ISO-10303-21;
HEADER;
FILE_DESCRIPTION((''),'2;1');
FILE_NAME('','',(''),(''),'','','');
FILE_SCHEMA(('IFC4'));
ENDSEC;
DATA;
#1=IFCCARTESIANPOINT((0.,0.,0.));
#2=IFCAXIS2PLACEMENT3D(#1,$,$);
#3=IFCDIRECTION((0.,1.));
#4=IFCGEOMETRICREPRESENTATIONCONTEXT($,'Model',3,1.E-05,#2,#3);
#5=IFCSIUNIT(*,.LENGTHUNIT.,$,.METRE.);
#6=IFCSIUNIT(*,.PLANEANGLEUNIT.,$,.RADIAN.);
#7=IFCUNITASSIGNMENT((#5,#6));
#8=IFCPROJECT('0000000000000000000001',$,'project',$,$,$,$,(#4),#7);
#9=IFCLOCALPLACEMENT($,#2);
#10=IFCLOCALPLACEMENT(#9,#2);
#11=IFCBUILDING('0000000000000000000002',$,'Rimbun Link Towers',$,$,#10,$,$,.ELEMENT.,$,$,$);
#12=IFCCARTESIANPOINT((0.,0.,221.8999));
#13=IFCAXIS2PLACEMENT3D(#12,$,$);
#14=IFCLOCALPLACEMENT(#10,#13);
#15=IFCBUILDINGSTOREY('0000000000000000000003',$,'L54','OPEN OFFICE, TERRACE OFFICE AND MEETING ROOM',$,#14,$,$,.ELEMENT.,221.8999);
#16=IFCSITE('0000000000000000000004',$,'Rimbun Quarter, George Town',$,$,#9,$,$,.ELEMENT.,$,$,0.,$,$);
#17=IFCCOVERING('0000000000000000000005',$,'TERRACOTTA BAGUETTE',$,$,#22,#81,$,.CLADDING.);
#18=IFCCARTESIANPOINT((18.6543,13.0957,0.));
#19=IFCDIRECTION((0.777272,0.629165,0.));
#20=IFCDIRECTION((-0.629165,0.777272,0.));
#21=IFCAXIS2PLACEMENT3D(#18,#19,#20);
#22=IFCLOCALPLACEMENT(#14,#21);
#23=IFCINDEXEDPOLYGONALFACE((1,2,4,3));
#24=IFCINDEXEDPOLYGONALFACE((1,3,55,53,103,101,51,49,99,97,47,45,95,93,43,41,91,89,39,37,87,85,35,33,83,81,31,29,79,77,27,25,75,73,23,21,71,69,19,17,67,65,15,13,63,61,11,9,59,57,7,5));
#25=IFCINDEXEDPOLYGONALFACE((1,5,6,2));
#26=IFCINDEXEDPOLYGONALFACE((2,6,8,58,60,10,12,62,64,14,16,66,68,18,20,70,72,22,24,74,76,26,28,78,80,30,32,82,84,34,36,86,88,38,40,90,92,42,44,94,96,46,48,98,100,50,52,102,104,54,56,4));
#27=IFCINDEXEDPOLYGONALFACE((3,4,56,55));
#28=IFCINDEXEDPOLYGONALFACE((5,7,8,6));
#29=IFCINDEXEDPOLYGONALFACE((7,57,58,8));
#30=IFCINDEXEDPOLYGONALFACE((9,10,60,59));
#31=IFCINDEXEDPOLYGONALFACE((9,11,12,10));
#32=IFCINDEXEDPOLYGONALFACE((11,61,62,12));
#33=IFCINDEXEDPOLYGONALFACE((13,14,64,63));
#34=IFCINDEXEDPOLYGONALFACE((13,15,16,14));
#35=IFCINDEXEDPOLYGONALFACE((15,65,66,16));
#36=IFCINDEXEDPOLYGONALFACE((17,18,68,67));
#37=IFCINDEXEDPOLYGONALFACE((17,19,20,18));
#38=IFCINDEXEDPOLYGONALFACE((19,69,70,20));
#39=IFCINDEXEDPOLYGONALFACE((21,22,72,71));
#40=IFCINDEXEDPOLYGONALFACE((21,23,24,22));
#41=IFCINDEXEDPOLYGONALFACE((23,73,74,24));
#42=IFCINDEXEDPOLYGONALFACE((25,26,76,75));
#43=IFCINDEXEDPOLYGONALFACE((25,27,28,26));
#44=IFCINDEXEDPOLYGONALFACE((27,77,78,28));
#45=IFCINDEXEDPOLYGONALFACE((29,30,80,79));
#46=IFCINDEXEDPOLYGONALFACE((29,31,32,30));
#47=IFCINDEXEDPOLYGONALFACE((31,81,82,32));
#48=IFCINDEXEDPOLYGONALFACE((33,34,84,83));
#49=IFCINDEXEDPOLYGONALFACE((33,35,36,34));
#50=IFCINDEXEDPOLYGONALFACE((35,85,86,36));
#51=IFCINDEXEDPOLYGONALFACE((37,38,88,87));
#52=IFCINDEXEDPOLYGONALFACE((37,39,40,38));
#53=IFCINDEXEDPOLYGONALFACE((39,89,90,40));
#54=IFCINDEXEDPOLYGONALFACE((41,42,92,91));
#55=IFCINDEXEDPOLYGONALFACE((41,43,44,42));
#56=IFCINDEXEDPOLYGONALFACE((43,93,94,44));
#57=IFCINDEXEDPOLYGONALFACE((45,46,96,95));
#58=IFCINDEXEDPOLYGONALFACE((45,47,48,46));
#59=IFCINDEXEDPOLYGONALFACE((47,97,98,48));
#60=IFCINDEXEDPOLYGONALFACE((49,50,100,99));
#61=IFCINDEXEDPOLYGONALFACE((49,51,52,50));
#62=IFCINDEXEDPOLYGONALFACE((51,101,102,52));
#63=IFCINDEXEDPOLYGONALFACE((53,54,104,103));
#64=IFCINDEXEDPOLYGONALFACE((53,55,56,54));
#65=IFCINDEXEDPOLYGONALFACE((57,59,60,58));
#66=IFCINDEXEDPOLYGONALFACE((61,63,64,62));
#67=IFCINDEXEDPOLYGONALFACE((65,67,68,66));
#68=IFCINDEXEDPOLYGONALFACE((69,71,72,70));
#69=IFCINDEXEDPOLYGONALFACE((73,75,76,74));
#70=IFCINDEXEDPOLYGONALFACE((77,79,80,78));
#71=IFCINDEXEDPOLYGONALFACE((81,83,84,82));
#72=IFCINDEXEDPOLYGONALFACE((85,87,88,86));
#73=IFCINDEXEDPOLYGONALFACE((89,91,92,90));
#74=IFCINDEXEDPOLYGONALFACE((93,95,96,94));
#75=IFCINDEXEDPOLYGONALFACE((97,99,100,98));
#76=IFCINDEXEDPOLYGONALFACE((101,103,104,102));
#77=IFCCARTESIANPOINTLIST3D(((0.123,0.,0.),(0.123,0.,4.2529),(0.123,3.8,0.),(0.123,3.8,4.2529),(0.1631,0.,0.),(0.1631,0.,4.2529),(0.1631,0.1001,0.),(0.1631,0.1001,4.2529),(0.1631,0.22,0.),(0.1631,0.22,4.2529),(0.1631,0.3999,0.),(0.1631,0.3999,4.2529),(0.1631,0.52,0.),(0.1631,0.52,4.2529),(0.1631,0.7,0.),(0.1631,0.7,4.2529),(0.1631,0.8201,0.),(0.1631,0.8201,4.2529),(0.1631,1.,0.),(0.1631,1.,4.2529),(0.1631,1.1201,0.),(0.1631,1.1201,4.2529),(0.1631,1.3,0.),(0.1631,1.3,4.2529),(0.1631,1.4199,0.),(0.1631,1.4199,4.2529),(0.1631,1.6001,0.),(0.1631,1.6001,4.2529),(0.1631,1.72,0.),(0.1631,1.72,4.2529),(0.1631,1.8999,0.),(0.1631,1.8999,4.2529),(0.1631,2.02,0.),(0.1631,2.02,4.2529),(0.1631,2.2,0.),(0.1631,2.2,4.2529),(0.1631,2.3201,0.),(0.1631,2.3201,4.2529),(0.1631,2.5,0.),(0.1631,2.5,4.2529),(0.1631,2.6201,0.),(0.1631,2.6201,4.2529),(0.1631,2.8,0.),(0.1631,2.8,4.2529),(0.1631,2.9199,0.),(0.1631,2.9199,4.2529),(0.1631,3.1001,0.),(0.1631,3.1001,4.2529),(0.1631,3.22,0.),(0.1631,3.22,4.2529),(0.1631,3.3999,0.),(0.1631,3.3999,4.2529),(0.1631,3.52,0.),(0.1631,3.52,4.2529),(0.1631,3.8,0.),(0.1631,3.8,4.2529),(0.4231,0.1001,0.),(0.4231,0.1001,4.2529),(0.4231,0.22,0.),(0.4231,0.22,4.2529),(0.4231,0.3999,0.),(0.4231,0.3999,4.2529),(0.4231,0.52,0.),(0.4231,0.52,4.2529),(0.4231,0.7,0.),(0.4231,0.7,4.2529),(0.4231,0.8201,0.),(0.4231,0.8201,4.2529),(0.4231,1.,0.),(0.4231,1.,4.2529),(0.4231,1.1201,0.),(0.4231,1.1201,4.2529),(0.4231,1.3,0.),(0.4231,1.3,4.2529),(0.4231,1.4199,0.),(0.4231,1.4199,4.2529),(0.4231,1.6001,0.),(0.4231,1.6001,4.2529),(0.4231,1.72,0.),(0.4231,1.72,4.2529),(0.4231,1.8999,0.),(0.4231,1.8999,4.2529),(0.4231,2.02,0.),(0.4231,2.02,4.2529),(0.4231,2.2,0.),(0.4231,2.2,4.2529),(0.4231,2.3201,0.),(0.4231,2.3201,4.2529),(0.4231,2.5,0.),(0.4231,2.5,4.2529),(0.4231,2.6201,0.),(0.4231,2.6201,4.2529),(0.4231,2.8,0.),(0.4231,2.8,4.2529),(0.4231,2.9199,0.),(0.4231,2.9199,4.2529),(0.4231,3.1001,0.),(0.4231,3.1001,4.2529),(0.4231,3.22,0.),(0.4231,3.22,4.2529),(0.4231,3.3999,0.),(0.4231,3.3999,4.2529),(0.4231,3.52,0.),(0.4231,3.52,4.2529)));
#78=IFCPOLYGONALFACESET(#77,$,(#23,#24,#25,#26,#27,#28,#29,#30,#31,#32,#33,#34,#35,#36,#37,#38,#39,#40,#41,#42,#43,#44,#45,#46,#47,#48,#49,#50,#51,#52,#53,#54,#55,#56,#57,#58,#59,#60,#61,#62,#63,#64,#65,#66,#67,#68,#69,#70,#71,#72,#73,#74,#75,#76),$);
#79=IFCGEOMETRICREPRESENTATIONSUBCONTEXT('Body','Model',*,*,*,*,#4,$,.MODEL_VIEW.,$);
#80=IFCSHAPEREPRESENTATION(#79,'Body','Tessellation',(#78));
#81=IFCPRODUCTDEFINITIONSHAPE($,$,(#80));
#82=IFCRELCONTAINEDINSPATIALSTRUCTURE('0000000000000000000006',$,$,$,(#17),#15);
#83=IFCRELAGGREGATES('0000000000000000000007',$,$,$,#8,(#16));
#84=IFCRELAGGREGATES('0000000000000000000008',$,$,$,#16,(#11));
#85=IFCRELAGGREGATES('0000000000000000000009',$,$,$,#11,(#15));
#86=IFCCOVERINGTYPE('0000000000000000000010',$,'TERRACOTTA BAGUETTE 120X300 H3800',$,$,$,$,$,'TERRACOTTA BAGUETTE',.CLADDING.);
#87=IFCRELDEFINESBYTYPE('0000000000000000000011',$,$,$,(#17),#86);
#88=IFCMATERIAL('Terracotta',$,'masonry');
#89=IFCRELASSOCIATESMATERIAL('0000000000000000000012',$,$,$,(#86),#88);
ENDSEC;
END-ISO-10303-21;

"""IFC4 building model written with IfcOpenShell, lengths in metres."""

from ifc_helpers import new_model, si_unit, direction, frame, origin, place, context, subcontext, project, spatial, polyline, outline, extrude, material, material_profile, profile_set, type_object, element, save


model = new_model("IFC4")

# Units and contexts
model_context = context("Model", 3, precision=1e-05, world=origin(), true_north=direction((0.0, 1.0)))
body_context = subcontext(model_context, "Body", "Model", "MODEL_VIEW")
ifc_project = project(units=[si_unit("LENGTHUNIT", "METRE"), si_unit("PLANEANGLEUNIT", "RADIAN")], contexts=[model_context])

# Site, building, storey
site_placement = place(None, origin())
site = spatial("IfcSite", under=ifc_project, at=site_placement, Name="Rimbun Quarter, George Town", CompositionType="ELEMENT", RefElevation=0.0)
building_placement = place(site_placement, origin())
building = spatial("IfcBuilding", under=site, at=building_placement, Name="Rimbun Link Towers", CompositionType="ELEMENT")
storey_placement = place(building_placement, frame((0.0, 0.0, 221.8999)))
storey = spatial("IfcBuildingStorey", under=building, at=storey_placement, Name="L54", Description="OPEN OFFICE, TERRACE OFFICE AND MEETING ROOM", CompositionType="ELEMENT", Elevation=221.8999)

# Covering
ifc_material_1 = material(Name="Terracotta", Category="masonry")
ifc_material_profile_1 = material_profile(ifc_material_1, outline(polyline([(0.123, 0.0), (0.1631, 0.0), (0.1631, 0.1001), (0.4231, 0.1001), (0.4231, 0.22), (0.1631, 0.22), (0.1631, 0.3999), (0.4231, 0.3999), (0.4231, 0.52), (0.1631, 0.52), (0.1631, 0.7), (0.4231, 0.7), (0.4231, 0.8201), (0.1631, 0.8201), (0.1631, 1.0), (0.4231, 1.0), (0.4231, 1.1201), (0.1631, 1.1201), (0.1631, 1.3), (0.4231, 1.3), (0.4231, 1.4199), (0.1631, 1.4199), (0.1631, 1.6001), (0.4231, 1.6001), (0.4231, 1.72), (0.1631, 1.72), (0.1631, 1.8999), (0.4231, 1.8999), (0.4231, 2.02), (0.1631, 2.02), (0.1631, 2.2), (0.4231, 2.2), (0.4231, 2.3201), (0.1631, 2.3201), (0.1631, 2.5), (0.4231, 2.5), (0.4231, 2.6201), (0.1631, 2.6201), (0.1631, 2.8), (0.4231, 2.8), (0.4231, 2.9199), (0.1631, 2.9199), (0.1631, 3.1001), (0.4231, 3.1001), (0.4231, 3.22), (0.1631, 3.22), (0.1631, 3.3999), (0.4231, 3.3999), (0.4231, 3.52), (0.1631, 3.52), (0.1631, 3.8), (0.123, 3.8), (0.123, 0.0)])), Name="BAGUETTE 120X300")
ifc_profile_set_1 = profile_set([ifc_material_profile_1], Name="Terracotta")
covering_type = type_object("IfcCoveringType", Name="TERRACOTTA BAGUETTE 120X300 H3800", ElementType="TERRACOTTA BAGUETTE", PredefinedType="CLADDING", material=ifc_profile_set_1)
covering_placement = place(storey_placement, frame((18.6543, 13.0957, 0.0), z_axis=(0.777272, 0.629165, 0.0), x_axis=(-0.629165, 0.777272, 0.0)))
element("IfcCovering", 1, at=covering_placement, inside=storey, type_object=covering_type, Name="TERRACOTTA BAGUETTE", PredefinedType="CLADDING", context=body_context, shape_type="SweptSolid", body=[
    extrude(outline(polyline([(0.123, 0.0), (0.1631, 0.0), (0.1631, 0.1001), (0.4231, 0.1001), (0.4231, 0.22), (0.1631, 0.22), (0.1631, 0.3999), (0.4231, 0.3999), (0.4231, 0.52), (0.1631, 0.52), (0.1631, 0.7), (0.4231, 0.7), (0.4231, 0.8201), (0.1631, 0.8201), (0.1631, 1.0), (0.4231, 1.0), (0.4231, 1.1201), (0.1631, 1.1201), (0.1631, 1.3), (0.4231, 1.3), (0.4231, 1.4199), (0.1631, 1.4199), (0.1631, 1.6001), (0.4231, 1.6001), (0.4231, 1.72), (0.1631, 1.72), (0.1631, 1.8999), (0.4231, 1.8999), (0.4231, 2.02), (0.1631, 2.02), (0.1631, 2.2), (0.4231, 2.2), (0.4231, 2.3201), (0.1631, 2.3201), (0.1631, 2.5), (0.4231, 2.5), (0.4231, 2.6201), (0.1631, 2.6201), (0.1631, 2.8), (0.4231, 2.8), (0.4231, 2.9199), (0.1631, 2.9199), (0.1631, 3.1001), (0.4231, 3.1001), (0.4231, 3.22), (0.1631, 3.22), (0.1631, 3.3999), (0.4231, 3.3999), (0.4231, 3.52), (0.1631, 3.52), (0.1631, 3.8), (0.123, 3.8), (0.123, 0.0)])), origin(), (0.0, 0.0, 1.0), 4.2529),
])

save(model, "model.ifc")
